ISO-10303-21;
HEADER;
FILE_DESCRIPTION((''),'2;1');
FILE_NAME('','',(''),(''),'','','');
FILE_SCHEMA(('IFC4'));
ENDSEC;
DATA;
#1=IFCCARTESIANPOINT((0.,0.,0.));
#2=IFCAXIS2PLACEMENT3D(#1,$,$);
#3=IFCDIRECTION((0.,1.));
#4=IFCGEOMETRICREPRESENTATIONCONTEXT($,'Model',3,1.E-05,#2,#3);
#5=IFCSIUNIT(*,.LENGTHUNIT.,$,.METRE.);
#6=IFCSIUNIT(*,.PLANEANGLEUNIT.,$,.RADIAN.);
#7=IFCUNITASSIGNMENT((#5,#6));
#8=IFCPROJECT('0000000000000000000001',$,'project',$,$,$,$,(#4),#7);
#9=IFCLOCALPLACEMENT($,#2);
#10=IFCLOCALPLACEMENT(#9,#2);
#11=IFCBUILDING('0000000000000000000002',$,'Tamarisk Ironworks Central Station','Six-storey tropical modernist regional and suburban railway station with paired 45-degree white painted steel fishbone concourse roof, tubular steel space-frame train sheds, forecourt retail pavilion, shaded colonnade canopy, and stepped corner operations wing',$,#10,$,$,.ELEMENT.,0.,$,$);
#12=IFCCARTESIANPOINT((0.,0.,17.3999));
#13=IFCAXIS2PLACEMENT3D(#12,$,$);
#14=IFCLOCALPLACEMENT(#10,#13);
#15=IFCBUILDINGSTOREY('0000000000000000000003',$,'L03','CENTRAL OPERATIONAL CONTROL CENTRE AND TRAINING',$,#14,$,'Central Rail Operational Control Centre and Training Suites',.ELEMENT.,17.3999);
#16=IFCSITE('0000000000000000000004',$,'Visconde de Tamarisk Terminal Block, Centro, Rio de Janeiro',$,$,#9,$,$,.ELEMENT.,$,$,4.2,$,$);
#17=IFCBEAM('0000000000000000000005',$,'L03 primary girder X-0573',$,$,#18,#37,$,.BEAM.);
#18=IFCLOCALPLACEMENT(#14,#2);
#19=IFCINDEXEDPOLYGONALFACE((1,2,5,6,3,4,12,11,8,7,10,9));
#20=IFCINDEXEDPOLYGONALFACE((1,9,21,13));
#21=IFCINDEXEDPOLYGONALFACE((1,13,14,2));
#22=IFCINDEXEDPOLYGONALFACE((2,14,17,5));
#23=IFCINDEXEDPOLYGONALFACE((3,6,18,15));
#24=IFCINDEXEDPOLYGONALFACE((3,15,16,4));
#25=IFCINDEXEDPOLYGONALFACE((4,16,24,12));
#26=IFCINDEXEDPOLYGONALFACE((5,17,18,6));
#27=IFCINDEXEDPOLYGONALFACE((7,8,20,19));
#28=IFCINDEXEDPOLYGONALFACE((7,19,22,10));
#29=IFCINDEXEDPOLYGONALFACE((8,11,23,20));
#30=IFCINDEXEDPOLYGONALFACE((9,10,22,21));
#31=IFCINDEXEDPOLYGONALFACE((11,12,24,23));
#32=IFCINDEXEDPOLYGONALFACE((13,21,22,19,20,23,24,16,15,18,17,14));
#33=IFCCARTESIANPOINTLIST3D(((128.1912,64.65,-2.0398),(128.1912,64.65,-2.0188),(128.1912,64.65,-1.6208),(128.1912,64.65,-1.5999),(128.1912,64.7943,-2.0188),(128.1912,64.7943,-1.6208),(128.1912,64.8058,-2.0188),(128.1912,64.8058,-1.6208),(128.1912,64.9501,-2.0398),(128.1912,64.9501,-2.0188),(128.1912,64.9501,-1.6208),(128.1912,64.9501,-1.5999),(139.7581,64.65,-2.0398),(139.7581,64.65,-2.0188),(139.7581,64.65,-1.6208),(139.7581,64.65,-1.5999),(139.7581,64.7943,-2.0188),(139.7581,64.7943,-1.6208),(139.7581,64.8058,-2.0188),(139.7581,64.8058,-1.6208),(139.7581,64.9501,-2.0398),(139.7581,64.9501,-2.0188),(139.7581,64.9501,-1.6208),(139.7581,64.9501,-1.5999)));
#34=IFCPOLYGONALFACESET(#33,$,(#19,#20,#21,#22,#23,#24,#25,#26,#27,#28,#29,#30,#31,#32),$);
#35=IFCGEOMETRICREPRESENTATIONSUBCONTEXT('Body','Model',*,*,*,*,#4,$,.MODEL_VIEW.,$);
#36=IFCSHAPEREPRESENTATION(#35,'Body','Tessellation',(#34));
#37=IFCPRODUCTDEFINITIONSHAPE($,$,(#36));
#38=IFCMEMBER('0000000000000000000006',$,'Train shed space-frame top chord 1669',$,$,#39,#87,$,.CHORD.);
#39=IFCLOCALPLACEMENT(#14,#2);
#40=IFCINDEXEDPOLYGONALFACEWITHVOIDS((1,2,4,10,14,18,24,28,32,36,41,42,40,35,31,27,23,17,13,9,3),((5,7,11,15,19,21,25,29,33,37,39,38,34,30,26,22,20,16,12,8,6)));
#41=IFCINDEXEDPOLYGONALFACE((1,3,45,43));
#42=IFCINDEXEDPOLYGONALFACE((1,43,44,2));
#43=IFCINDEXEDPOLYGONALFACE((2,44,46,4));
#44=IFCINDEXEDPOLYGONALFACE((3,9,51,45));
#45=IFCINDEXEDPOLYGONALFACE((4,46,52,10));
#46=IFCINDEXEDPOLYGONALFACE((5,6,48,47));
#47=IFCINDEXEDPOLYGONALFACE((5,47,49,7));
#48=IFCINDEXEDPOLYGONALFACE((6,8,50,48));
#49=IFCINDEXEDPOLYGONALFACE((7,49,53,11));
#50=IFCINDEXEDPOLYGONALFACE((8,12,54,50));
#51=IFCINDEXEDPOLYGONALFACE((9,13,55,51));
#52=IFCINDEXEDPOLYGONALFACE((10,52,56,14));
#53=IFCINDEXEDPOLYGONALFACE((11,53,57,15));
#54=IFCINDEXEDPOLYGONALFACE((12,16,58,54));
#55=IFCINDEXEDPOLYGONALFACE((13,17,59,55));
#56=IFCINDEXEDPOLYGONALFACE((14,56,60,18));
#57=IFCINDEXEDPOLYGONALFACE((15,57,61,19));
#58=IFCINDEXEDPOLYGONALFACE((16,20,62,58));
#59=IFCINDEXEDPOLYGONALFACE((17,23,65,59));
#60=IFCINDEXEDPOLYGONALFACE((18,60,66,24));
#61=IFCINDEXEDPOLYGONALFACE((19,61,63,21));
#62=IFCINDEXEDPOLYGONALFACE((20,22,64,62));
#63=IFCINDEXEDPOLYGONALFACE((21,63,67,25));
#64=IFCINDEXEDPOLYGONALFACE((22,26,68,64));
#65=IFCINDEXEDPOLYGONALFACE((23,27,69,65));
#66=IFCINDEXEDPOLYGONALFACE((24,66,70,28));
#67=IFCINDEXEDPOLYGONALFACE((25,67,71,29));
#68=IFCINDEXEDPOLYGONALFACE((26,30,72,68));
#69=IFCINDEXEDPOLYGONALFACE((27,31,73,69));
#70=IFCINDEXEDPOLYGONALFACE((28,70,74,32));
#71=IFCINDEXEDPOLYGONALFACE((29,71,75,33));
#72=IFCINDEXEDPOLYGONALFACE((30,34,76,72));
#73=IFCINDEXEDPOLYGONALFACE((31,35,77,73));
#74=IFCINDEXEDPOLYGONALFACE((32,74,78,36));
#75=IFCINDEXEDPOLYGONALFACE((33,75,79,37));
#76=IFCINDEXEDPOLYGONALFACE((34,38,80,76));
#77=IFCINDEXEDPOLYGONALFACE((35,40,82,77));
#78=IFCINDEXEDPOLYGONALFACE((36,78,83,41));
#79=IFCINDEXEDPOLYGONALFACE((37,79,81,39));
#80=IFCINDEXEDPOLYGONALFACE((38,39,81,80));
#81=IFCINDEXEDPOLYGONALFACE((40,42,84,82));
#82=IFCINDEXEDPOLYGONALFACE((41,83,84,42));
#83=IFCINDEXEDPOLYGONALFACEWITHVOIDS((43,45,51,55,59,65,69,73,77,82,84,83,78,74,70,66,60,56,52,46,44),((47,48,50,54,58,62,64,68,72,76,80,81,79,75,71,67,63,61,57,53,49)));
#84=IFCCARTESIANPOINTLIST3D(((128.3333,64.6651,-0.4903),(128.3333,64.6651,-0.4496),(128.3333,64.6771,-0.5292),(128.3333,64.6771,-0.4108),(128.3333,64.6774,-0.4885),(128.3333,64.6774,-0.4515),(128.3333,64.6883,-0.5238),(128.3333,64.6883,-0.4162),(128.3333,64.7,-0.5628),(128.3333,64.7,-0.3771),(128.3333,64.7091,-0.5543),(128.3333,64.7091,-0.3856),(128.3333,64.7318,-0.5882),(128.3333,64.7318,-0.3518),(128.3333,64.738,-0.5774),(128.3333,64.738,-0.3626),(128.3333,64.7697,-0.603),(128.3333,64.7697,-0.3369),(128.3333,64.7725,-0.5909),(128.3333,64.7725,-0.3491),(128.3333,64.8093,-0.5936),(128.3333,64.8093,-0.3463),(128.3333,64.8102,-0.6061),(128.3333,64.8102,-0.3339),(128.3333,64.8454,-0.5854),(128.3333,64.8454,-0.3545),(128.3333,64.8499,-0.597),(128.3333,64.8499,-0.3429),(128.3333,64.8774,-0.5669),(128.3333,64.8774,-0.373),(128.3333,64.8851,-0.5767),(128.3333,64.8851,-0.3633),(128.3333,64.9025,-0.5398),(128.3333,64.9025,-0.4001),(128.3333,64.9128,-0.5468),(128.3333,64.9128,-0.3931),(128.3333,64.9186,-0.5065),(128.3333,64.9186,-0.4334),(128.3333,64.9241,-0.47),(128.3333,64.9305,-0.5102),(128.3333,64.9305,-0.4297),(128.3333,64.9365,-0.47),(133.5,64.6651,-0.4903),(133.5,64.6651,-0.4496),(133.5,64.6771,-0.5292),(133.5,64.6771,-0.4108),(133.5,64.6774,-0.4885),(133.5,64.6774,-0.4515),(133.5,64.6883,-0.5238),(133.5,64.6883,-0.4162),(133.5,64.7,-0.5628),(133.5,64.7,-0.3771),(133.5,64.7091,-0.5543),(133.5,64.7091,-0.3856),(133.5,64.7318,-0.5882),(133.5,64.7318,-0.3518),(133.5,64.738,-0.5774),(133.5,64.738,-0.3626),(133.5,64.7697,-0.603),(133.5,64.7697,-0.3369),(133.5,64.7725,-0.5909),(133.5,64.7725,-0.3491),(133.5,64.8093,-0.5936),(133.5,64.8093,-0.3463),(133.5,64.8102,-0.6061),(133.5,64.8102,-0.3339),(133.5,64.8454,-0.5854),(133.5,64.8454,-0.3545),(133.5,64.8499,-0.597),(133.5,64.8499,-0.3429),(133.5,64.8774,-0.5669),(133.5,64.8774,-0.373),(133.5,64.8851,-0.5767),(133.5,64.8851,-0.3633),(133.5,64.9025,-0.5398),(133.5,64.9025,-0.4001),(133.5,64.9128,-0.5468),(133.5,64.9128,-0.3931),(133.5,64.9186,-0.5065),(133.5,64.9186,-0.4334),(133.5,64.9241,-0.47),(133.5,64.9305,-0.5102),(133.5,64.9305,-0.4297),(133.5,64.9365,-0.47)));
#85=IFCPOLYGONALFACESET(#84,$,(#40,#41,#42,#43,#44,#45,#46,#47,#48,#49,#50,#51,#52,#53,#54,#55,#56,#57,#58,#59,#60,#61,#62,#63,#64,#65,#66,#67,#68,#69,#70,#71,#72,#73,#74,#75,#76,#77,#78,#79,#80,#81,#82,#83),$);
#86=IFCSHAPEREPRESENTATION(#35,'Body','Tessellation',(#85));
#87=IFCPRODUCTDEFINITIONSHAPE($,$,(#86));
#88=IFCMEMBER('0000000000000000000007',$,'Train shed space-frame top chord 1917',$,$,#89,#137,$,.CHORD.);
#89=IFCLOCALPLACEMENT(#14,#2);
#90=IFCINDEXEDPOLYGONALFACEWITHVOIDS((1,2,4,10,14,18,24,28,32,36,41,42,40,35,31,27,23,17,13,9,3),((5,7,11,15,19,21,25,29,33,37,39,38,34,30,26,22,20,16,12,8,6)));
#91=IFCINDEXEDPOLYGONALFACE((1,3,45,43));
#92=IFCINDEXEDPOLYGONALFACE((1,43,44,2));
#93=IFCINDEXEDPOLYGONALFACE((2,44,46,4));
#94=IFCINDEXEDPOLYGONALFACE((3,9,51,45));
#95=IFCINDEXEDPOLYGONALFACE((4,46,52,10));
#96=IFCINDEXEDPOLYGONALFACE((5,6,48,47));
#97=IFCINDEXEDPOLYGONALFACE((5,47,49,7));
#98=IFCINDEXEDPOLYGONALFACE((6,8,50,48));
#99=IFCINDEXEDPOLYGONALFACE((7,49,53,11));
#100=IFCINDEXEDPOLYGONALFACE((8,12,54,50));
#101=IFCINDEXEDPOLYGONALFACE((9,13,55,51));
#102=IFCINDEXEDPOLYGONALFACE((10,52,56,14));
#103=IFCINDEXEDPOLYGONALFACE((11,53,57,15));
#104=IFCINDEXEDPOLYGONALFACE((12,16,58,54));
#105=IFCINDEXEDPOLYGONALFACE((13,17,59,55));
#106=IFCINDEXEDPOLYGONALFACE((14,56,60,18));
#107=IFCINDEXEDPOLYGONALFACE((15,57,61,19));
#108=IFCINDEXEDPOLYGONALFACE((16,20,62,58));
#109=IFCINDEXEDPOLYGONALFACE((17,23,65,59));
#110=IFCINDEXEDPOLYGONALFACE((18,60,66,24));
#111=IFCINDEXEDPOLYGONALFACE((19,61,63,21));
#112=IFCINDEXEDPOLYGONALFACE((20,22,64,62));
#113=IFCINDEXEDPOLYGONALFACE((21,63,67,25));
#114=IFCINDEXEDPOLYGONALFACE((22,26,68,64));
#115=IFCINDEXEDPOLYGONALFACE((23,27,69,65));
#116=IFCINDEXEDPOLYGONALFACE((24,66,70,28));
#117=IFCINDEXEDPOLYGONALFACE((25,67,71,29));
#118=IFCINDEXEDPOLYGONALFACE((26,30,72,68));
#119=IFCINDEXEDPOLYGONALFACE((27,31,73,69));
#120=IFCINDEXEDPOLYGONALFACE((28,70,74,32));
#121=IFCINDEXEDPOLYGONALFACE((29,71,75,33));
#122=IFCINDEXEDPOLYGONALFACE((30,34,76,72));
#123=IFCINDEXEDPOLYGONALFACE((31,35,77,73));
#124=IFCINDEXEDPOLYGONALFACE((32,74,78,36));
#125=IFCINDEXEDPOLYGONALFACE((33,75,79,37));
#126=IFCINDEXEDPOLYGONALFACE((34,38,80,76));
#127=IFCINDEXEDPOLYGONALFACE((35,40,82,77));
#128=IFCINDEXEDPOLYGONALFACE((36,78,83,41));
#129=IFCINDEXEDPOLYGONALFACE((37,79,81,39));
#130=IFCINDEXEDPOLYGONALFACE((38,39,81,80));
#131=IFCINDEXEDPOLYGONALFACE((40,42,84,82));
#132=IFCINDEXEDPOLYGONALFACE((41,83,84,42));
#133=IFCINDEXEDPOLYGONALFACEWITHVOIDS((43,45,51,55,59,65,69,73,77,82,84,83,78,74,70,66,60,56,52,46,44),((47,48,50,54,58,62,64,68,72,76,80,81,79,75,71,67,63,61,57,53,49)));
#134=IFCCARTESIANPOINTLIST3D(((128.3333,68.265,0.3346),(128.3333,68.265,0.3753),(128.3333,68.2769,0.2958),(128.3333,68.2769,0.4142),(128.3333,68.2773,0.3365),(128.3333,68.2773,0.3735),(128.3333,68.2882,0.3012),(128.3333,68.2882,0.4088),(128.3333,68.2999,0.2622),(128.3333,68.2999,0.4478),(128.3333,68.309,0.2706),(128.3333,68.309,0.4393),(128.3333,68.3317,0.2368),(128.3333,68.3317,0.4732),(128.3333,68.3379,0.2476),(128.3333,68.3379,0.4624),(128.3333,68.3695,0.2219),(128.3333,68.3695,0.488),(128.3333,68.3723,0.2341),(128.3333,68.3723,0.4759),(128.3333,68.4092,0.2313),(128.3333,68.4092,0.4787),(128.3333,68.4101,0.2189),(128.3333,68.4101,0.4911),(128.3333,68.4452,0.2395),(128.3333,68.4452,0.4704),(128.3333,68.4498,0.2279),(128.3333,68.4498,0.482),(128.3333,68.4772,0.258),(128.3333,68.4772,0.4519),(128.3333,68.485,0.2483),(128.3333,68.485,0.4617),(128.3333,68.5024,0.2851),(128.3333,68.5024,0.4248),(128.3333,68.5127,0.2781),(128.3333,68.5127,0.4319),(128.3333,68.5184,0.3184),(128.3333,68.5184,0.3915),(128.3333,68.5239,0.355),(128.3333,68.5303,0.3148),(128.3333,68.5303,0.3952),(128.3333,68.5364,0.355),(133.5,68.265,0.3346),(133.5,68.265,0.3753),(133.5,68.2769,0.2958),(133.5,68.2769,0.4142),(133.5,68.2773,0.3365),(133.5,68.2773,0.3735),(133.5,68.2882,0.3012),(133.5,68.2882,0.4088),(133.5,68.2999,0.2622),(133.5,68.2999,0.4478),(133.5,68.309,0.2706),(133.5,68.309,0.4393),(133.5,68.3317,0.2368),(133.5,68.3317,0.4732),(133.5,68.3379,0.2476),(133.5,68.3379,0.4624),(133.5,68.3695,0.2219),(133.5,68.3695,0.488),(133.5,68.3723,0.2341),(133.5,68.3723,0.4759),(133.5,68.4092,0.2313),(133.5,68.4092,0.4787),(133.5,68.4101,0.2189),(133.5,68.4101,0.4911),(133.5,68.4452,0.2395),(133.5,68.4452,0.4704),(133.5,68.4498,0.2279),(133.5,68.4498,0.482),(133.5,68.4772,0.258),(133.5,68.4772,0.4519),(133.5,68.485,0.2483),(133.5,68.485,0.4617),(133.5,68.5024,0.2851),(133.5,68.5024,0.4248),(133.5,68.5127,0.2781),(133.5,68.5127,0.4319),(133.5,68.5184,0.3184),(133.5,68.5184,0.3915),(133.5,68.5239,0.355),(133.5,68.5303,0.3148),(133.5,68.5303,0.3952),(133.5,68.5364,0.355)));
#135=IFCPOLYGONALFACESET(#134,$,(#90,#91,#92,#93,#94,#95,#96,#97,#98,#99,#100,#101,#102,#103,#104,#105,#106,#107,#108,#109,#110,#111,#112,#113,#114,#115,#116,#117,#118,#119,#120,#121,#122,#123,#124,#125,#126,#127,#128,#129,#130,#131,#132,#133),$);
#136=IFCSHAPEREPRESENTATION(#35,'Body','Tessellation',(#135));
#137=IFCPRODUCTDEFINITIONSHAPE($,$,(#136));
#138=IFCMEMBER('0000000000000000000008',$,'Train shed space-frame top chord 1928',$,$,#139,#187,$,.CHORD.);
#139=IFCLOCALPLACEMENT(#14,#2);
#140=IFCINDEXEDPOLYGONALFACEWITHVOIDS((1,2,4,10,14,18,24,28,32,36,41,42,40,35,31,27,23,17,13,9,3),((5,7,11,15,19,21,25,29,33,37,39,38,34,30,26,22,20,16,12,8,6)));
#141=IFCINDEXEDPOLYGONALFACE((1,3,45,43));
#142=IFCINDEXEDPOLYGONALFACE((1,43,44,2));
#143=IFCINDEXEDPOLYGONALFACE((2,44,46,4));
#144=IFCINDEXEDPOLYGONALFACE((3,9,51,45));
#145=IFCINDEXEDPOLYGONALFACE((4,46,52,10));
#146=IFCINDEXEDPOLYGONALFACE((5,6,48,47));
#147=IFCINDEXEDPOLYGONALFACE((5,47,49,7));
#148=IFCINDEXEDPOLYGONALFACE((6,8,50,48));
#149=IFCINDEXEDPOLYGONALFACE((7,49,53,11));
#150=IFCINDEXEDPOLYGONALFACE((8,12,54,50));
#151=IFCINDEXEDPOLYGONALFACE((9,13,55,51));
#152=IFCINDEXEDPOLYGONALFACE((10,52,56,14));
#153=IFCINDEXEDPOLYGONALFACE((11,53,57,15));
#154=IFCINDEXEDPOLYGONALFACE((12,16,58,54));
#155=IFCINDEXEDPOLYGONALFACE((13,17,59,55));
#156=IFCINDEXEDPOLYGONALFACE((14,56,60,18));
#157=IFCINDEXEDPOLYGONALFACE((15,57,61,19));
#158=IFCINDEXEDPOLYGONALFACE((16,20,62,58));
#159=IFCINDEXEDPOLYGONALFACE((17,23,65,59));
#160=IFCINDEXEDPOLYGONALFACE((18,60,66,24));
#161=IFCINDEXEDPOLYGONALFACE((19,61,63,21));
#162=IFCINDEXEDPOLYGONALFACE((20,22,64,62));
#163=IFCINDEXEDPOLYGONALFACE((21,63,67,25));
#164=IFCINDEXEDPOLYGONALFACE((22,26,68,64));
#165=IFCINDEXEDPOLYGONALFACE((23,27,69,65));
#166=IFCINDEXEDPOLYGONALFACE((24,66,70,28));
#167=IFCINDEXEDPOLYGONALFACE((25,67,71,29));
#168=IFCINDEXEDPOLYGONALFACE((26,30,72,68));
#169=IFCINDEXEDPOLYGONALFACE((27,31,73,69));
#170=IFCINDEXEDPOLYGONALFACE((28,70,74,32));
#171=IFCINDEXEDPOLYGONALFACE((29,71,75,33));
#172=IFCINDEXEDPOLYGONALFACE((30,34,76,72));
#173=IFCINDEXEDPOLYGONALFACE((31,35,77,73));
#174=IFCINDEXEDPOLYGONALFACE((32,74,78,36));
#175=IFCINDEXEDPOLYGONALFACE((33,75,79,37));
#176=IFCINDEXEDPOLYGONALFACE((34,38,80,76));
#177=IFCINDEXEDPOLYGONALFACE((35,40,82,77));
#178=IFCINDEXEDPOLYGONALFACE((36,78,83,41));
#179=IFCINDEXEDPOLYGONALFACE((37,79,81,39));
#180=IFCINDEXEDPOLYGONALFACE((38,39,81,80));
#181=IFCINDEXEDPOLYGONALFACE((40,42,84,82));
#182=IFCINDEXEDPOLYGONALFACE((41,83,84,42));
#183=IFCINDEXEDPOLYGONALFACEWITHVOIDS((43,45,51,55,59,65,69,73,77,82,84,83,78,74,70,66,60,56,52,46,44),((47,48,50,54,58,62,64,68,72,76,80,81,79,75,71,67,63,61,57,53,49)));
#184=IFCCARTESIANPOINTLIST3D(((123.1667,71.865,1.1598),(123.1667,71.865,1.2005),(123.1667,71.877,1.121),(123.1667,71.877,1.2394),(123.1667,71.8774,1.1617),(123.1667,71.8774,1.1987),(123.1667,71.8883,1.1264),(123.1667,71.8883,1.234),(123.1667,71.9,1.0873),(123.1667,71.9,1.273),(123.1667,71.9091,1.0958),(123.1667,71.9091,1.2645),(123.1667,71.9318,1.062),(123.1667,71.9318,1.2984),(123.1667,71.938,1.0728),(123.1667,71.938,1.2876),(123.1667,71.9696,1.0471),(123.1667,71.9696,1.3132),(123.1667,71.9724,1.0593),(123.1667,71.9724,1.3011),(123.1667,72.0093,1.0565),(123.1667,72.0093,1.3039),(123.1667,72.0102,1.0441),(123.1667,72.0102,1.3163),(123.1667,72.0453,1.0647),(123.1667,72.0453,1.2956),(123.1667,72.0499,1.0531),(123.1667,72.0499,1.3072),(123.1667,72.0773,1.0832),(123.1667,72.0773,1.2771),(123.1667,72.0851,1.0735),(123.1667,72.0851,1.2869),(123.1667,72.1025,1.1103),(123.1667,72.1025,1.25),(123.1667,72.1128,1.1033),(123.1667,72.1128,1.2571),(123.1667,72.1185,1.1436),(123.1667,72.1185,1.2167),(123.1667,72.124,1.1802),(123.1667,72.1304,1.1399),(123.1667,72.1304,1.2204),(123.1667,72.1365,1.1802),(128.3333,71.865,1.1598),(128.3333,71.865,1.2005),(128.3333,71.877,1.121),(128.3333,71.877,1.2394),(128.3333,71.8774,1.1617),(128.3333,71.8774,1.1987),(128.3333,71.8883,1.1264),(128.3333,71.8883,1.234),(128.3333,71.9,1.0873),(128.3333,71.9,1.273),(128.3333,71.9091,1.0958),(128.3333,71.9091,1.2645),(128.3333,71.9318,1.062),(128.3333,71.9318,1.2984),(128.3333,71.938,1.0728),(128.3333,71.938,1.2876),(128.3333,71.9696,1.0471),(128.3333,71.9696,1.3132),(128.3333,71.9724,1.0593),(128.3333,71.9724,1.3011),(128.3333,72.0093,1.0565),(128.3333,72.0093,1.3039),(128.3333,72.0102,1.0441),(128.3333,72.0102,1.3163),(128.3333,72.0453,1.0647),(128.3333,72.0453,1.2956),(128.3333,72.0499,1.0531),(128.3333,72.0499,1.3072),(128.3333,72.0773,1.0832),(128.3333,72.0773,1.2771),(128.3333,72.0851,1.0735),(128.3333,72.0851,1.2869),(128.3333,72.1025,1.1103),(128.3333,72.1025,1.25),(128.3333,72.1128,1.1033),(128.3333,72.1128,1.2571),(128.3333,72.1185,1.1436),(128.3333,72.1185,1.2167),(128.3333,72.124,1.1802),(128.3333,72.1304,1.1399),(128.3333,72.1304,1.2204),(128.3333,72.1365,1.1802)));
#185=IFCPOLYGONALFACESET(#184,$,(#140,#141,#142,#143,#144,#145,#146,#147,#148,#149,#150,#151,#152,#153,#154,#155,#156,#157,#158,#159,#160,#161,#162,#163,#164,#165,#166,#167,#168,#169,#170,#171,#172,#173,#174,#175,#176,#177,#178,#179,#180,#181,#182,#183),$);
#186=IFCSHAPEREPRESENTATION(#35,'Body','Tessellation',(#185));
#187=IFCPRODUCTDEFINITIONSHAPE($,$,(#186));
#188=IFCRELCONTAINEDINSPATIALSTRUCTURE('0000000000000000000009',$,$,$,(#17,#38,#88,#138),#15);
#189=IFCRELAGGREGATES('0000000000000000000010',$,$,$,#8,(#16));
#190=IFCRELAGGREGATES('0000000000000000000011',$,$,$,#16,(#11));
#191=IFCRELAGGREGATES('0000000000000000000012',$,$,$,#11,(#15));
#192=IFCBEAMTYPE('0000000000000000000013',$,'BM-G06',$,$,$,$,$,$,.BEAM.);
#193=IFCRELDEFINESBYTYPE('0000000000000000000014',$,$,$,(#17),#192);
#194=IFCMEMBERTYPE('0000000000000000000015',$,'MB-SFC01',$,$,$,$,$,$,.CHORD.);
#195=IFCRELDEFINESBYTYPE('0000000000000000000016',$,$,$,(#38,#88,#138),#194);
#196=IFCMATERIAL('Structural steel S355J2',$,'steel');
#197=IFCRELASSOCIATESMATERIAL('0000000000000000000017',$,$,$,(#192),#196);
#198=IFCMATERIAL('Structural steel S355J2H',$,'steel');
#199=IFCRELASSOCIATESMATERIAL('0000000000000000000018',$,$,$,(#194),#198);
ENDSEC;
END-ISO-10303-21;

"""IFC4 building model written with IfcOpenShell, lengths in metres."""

from ifc_helpers import new_model, si_unit, direction, frame, origin, origin_2d, place, context, subcontext, project, spatial, hollow_circle, i_section, extrude, material, material_profile, profile_set, type_object, element, save


model = new_model("IFC4")

# Units and contexts
model_context = context("Model", 3, precision=1e-05, world=origin(), true_north=direction((0.0, 1.0)))
body_context = subcontext(model_context, "Body", "Model", "MODEL_VIEW")
ifc_project = project(units=[si_unit("LENGTHUNIT", "METRE"), si_unit("PLANEANGLEUNIT", "RADIAN")], contexts=[model_context])

# Site, building, storey
site_placement = place(None, origin())
site = spatial("IfcSite", under=ifc_project, at=site_placement, Name="Visconde de Tamarisk Terminal Block, Centro, Rio de Janeiro", CompositionType="ELEMENT", RefElevation=4.2)
building_placement = place(site_placement, origin())
building = spatial("IfcBuilding", under=site, at=building_placement, Name="Tamarisk Ironworks Central Station", Description="Six-storey tropical modernist regional and suburban railway station with paired 45-degree white painted steel fishbone concourse roof, tubular steel space-frame train sheds, forecourt retail pavilion, shaded colonnade canopy, and stepped corner operations wing", CompositionType="ELEMENT", ElevationOfRefHeight=0.0)
storey_placement = place(building_placement, frame((0.0, 0.0, 17.3999)))
storey = spatial("IfcBuildingStorey", under=building, at=storey_placement, Name="L03", Description="CENTRAL OPERATIONAL CONTROL CENTRE AND TRAINING", LongName="Central Rail Operational Control Centre and Training Suites", CompositionType="ELEMENT", Elevation=17.3999)

# Beam
ifc_material_1 = material(Name="Structural steel S355J2", Category="steel")
ifc_material_profile_1 = material_profile(ifc_material_1, i_section(OverallWidth=0.3, OverallDepth=0.4399, WebThickness=0.0115, FlangeThickness=0.021, at=origin_2d()), Name="HEA 450")
ifc_profile_set_1 = profile_set([ifc_material_profile_1], Name="Structural steel S355J2")
beam_type = type_object("IfcBeamType", Name="BM-G06", PredefinedType="BEAM", material=ifc_profile_set_1)
beam_placement = place(storey_placement, frame((128.1912, 64.8, -1.8198), z_axis=(1.0, 0.0, 0.0), x_axis=(0.0, 1.0, 0.0)))
element("IfcBeam", 1, at=beam_placement, inside=storey, type_object=beam_type, Name="L03 primary girder X-0573", PredefinedType="BEAM", context=body_context, shape_type="SweptSolid", body=[
    extrude(i_section(OverallWidth=0.3, OverallDepth=0.4399, WebThickness=0.0115, FlangeThickness=0.021, at=origin_2d()), origin(), (0.0, 0.0, 1.0), 11.5669),
])

# Members
ifc_material_2 = material(Name="Structural steel S355J2H", Category="steel")
ifc_material_profile_2 = material_profile(ifc_material_2, hollow_circle(Radius=0.1365, WallThickness=0.0125, at=origin_2d()), Name="CHS 273x12.5")
ifc_profile_set_2 = profile_set([ifc_material_profile_2], Name="Structural steel S355J2H")
member_type_1 = type_object("IfcMemberType", Name="MB-SFC01", PredefinedType="CHORD", material=ifc_profile_set_2)
for number, where, z_axis, x_axis, name in (
    (2, (128.3333, 64.8, -0.47), (1.0, 0.0, 0.0), (0.0, 1.0, 0.0), "Train shed space-frame top chord 1669"),
    (3, (128.3333, 68.3999, 0.355), (1.0, 0.0, 0.0), (0.0, 1.0, 0.0), "Train shed space-frame top chord 1917"),
):
    element("IfcMember", number, at=place(storey_placement, frame(where, z_axis=z_axis, x_axis=x_axis)), inside=storey, type_object=member_type_1, Name=name, PredefinedType="CHORD", context=body_context, shape_type="SweptSolid", body=[
        extrude(hollow_circle(Radius=0.1365, WallThickness=0.0125, at=origin_2d()), origin(), (0.0, 0.0, 1.0), 5.1667),
    ])
member_1_placement = place(storey_placement, frame((123.1667, 72.0, 1.1802), z_axis=(1.0, 0.0, 0.0), x_axis=(0.0, 1.0, 0.0)))
element("IfcMember", 4, at=member_1_placement, inside=storey, type_object=member_type_1, Name="Train shed space-frame top chord 1928", PredefinedType="CHORD", context=body_context, shape_type="SweptSolid", body=[
    extrude(hollow_circle(Radius=0.1365, WallThickness=0.0125, at=origin_2d()), origin(), (0.0, 0.0, 1.0), 5.1665),
])

save(model, "model.ifc")
